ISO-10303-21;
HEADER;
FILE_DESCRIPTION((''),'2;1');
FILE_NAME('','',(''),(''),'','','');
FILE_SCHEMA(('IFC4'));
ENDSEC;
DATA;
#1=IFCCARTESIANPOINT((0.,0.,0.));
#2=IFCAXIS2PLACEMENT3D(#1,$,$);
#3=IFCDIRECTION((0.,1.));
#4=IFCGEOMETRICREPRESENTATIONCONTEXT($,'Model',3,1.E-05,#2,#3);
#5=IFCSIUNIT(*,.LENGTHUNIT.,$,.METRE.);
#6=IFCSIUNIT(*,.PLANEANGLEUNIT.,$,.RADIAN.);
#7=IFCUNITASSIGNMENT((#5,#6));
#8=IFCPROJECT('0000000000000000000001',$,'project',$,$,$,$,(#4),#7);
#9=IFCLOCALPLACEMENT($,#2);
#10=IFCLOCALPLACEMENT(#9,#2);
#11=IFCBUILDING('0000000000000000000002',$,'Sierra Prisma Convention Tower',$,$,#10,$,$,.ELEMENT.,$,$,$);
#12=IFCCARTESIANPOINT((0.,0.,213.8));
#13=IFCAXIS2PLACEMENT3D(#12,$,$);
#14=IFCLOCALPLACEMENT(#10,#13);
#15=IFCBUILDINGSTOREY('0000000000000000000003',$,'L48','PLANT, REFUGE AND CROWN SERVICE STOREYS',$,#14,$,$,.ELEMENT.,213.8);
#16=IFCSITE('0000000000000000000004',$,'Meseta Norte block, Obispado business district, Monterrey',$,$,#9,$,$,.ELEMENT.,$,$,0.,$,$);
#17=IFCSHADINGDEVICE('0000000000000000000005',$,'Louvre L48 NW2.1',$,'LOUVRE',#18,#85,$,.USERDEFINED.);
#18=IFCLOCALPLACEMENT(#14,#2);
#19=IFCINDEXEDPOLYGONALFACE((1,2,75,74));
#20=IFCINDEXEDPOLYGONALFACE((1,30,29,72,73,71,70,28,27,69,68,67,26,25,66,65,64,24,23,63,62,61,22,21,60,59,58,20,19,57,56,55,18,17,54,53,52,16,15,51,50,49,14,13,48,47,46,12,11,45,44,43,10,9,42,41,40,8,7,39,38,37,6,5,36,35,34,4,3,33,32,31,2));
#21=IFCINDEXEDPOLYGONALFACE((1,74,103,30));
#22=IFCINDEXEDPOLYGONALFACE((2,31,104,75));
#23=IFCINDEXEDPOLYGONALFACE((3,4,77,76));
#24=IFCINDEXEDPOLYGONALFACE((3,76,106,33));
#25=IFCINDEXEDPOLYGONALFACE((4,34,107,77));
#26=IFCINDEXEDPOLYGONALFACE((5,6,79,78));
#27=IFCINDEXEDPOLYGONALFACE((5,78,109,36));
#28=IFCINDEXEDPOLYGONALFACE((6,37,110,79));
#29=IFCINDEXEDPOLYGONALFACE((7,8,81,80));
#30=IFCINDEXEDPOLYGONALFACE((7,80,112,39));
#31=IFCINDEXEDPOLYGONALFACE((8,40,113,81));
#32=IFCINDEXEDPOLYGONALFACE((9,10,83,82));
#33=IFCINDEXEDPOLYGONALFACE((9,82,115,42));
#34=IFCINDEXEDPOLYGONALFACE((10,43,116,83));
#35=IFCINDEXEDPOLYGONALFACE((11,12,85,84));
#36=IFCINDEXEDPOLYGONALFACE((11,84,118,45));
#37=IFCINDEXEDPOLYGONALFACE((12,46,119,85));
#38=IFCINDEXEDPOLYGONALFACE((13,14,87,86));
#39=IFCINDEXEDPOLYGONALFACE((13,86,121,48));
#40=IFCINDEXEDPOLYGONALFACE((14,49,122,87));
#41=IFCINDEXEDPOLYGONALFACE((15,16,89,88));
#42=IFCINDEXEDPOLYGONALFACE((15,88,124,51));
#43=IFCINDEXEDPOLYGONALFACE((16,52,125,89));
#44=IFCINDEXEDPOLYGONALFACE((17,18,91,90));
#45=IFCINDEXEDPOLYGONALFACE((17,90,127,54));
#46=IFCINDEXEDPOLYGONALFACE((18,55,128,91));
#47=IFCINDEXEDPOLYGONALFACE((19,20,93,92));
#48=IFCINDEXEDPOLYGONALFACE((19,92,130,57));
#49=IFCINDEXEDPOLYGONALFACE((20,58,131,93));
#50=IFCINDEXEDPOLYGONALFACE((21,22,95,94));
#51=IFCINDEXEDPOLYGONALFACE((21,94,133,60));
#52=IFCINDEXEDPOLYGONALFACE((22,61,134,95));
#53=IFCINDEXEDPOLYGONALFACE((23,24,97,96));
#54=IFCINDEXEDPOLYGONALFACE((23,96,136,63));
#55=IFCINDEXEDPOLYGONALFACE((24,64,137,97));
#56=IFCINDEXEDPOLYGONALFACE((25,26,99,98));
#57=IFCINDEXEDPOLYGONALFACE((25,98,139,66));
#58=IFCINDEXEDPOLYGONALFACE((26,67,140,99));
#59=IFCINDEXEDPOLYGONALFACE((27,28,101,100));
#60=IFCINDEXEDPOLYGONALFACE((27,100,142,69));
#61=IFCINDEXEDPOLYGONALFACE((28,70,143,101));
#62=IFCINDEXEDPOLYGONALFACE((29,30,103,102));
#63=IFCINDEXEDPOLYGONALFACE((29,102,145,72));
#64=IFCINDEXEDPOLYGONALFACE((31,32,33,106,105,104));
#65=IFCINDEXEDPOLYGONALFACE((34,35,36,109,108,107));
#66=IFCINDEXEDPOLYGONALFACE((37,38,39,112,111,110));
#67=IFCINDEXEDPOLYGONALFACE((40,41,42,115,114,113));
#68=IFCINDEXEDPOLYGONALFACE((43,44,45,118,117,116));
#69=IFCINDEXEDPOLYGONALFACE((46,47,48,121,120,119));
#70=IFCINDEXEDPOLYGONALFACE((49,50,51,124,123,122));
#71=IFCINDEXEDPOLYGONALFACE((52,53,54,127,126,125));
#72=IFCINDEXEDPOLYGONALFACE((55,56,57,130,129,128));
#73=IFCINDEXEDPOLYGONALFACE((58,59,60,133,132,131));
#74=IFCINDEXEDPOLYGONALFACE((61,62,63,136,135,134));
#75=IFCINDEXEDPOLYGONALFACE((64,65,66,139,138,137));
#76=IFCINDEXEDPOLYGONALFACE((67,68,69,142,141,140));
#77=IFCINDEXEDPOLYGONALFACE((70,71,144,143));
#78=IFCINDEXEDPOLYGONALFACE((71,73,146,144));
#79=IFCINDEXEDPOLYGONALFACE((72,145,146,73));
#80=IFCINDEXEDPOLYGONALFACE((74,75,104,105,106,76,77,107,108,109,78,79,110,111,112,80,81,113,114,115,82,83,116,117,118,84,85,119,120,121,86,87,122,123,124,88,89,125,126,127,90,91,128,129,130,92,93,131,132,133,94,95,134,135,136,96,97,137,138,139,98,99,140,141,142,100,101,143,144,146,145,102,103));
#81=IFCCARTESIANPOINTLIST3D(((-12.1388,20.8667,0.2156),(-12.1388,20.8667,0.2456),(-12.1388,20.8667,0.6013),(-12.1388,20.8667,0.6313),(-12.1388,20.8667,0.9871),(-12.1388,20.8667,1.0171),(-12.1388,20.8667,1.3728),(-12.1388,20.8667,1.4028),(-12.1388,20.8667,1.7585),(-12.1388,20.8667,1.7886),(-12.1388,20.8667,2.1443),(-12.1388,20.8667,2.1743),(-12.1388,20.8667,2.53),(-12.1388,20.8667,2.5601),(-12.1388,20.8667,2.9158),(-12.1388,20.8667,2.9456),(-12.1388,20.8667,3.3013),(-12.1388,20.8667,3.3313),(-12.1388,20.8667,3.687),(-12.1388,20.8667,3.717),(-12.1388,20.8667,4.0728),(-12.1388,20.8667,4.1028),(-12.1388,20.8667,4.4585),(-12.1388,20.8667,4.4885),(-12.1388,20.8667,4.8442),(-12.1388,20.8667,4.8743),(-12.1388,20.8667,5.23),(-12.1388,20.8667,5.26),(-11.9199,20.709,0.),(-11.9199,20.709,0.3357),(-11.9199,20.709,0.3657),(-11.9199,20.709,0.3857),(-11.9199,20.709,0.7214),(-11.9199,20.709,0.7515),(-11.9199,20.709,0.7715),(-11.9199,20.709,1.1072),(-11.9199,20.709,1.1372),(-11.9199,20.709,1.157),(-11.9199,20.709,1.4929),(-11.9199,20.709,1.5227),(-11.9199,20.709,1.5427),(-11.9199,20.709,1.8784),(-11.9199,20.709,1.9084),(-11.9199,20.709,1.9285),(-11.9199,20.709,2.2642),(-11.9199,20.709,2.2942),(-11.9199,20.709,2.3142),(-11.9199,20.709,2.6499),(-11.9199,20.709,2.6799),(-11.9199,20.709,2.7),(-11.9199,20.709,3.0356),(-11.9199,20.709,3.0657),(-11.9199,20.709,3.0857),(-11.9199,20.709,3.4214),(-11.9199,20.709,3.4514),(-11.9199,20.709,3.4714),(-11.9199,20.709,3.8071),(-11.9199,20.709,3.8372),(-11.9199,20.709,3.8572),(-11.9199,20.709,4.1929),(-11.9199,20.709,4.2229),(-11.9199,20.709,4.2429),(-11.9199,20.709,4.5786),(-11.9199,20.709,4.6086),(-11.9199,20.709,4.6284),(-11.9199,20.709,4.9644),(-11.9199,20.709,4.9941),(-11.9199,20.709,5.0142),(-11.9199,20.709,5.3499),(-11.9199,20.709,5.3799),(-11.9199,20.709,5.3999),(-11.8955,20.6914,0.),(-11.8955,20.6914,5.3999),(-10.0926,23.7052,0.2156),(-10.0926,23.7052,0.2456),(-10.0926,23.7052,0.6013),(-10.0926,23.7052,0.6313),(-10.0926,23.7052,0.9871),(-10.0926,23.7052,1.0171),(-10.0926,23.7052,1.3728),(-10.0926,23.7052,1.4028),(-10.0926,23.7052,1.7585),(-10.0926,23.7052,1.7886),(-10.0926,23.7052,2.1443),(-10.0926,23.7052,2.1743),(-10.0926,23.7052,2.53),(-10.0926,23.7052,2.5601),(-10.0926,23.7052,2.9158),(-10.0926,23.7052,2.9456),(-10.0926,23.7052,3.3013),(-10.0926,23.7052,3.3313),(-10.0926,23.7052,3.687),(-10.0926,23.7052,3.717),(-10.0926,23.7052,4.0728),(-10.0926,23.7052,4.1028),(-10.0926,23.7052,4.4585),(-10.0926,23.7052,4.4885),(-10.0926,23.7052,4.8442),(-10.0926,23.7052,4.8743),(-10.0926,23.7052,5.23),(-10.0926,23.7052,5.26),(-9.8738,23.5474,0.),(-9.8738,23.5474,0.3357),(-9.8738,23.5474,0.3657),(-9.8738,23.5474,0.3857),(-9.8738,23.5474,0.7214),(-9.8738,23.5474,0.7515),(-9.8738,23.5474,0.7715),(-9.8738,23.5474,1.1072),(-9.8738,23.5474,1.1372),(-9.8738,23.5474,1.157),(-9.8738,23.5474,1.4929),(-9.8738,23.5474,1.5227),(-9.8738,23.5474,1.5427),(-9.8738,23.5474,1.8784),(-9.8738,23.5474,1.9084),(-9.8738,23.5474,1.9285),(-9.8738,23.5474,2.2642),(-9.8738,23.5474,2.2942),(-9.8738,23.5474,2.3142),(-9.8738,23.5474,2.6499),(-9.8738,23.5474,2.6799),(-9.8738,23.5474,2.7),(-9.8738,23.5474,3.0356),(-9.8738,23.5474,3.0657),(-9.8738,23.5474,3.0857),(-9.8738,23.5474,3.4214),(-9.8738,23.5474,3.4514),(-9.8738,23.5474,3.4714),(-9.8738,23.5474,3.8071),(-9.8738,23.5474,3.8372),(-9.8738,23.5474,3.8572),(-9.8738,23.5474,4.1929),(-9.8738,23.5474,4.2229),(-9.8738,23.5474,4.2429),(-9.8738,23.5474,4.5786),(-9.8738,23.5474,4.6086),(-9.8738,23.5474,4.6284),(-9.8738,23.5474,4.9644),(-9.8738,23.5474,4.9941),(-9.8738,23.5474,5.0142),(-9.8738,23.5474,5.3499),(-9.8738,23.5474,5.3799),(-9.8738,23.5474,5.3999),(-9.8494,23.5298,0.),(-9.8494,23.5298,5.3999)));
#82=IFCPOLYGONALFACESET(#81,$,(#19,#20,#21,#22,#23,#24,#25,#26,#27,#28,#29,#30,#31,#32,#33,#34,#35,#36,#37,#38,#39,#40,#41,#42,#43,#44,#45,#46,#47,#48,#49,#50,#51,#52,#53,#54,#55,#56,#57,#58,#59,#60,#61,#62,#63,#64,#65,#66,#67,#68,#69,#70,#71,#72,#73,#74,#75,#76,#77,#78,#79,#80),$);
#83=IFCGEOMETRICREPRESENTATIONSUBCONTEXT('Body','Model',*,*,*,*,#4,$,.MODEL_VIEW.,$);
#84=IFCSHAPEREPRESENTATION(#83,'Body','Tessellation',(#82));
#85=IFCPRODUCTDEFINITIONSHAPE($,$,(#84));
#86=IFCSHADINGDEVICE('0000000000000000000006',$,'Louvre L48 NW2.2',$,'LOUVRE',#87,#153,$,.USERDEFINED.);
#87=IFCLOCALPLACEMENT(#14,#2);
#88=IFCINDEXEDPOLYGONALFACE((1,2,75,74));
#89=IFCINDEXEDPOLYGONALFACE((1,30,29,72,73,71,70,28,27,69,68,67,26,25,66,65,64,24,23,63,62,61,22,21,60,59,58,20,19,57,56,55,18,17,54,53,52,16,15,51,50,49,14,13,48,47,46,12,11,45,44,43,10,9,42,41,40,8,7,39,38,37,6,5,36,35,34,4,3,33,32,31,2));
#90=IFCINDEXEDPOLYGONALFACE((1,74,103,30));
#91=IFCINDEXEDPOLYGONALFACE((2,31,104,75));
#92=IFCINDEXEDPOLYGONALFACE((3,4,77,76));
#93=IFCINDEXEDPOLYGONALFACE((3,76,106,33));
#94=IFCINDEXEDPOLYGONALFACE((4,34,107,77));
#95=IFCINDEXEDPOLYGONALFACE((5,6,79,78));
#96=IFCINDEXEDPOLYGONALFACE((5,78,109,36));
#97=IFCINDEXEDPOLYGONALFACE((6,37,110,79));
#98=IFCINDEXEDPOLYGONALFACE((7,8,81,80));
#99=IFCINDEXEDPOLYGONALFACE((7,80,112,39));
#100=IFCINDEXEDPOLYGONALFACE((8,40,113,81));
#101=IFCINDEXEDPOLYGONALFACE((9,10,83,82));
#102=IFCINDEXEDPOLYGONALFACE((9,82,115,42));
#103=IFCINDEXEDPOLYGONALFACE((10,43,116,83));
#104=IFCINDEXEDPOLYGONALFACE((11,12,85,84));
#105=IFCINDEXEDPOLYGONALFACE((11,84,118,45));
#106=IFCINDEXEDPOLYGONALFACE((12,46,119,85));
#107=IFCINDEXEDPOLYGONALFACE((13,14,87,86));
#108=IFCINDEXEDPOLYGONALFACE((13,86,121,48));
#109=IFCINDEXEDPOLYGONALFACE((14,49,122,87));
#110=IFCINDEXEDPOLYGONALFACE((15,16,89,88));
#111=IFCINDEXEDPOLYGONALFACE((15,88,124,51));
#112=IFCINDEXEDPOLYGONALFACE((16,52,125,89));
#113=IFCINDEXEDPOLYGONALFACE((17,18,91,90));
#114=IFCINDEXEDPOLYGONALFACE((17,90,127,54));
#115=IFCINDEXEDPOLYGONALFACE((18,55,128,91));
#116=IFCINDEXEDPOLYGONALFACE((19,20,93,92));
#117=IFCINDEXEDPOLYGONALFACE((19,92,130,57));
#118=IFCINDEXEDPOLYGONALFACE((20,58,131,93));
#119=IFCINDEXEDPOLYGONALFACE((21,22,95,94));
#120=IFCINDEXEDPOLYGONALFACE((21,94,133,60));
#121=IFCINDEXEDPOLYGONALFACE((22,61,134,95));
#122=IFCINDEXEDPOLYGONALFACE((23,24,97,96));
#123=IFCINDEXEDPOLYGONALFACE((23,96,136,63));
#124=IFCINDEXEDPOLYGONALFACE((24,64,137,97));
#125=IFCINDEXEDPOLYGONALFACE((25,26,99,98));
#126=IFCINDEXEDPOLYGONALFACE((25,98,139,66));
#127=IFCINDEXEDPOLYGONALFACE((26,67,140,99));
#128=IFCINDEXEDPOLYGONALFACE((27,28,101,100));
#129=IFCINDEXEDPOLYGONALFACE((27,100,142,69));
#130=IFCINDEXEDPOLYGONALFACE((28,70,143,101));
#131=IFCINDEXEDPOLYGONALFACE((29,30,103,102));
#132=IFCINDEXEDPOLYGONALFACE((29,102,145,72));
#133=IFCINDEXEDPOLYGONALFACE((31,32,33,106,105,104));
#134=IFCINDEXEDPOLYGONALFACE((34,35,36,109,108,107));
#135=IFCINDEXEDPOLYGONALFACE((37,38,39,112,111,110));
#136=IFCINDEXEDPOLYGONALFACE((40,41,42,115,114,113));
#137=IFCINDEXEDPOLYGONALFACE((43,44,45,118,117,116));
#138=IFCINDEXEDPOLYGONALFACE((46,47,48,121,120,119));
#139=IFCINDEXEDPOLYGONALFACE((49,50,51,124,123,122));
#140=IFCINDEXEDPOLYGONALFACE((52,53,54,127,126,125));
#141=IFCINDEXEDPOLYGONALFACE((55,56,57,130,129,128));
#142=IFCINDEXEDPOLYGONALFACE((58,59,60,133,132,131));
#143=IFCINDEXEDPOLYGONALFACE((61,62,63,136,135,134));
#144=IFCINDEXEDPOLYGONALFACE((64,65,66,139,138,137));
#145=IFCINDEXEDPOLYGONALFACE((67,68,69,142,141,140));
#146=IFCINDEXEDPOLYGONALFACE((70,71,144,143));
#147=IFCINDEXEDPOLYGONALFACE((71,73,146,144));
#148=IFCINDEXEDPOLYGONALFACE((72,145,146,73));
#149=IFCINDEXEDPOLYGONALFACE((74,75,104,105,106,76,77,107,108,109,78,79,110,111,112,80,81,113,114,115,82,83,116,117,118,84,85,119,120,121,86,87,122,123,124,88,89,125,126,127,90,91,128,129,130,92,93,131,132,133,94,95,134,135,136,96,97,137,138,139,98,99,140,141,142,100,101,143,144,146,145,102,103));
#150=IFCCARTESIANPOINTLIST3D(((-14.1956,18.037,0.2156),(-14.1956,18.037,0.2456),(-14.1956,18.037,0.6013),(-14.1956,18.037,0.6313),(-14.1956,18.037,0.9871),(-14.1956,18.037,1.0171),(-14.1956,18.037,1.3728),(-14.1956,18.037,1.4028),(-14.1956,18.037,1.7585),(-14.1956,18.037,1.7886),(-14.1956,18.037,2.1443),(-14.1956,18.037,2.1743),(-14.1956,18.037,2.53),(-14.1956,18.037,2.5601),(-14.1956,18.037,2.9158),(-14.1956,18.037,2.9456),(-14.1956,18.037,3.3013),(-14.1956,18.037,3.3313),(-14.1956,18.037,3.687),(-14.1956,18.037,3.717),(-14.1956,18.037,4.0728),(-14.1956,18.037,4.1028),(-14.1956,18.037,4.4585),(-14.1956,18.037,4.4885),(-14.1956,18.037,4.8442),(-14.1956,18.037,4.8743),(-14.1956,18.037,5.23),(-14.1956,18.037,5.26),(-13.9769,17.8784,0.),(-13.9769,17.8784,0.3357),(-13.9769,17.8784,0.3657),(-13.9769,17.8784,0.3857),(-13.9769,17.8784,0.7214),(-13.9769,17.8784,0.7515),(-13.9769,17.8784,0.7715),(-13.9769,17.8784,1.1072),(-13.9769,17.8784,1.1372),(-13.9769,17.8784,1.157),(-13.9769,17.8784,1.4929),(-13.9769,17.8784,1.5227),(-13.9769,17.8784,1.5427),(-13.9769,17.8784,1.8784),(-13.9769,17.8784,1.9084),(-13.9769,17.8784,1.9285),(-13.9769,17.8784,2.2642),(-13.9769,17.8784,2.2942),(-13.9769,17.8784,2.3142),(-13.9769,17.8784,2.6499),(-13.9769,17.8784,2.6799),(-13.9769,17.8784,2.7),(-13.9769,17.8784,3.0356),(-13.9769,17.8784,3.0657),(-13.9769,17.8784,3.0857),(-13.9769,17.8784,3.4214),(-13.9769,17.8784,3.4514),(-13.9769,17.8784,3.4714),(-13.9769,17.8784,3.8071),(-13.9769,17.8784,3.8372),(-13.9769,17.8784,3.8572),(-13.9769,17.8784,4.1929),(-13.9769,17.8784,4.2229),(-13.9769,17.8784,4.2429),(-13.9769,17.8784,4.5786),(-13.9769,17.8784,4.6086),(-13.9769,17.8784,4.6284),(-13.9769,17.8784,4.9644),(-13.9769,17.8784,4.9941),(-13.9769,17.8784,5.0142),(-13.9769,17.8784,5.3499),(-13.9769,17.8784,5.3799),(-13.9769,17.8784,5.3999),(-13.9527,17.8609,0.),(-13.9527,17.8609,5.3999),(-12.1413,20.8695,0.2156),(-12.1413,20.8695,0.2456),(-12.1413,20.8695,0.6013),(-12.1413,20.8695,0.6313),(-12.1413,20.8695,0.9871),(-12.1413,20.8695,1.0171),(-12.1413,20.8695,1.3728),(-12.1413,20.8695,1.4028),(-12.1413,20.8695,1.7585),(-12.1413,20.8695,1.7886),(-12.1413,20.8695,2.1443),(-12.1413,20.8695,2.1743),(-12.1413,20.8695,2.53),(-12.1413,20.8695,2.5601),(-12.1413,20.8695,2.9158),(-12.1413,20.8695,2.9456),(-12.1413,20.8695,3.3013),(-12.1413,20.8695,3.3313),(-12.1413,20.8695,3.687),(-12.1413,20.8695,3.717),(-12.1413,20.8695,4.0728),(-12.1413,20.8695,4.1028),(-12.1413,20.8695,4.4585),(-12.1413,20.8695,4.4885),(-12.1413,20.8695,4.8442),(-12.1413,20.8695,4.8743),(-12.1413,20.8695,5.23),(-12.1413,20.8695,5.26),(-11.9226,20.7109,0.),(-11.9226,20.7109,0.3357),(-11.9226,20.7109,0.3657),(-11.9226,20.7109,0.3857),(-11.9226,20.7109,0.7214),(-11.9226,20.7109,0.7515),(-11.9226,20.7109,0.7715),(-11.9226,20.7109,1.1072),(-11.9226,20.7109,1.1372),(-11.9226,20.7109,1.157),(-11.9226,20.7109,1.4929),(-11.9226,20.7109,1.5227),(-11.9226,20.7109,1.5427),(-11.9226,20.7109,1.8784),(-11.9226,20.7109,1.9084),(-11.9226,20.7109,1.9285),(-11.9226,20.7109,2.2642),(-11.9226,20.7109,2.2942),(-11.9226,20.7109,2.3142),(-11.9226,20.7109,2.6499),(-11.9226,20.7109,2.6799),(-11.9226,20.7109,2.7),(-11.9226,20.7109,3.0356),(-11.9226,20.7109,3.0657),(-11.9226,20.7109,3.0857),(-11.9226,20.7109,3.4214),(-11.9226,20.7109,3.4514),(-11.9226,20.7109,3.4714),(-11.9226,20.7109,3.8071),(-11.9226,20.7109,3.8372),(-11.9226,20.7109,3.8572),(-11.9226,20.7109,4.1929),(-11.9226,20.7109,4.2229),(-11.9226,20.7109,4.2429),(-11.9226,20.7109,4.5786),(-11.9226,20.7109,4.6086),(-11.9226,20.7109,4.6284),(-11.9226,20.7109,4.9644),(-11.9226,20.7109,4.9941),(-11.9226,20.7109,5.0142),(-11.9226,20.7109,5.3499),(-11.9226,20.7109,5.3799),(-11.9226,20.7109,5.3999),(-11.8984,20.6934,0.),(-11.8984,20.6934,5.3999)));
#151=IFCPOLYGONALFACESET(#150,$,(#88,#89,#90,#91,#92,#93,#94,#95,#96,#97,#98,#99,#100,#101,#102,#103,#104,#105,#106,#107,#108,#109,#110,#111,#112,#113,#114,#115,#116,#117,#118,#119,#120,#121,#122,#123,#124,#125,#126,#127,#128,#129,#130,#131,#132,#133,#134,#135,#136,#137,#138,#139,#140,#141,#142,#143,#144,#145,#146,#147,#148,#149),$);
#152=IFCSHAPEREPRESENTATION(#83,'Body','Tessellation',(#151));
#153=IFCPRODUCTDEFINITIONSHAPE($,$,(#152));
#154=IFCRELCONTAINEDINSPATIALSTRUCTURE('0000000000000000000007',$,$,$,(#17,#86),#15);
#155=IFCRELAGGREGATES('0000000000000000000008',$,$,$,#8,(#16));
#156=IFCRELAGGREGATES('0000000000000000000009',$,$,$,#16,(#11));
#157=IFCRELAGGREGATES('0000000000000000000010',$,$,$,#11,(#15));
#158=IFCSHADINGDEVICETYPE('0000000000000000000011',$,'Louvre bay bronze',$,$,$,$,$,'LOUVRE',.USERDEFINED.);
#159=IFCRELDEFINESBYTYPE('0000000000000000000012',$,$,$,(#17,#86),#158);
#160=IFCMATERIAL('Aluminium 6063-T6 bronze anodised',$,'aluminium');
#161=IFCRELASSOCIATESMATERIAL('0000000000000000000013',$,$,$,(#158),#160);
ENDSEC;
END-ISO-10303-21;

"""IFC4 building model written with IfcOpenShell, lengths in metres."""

from ifc_helpers import new_model, si_unit, direction, frame, origin, place, context, subcontext, project, spatial, polyline, outline, extrude, material, type_object, element, save


model = new_model("IFC4")

# Units and contexts
model_context = context("Model", 3, precision=1e-05, world=origin(), true_north=direction((0.0, 1.0)))
body_context = subcontext(model_context, "Body", "Model", "MODEL_VIEW")
ifc_project = project(units=[si_unit("LENGTHUNIT", "METRE"), si_unit("PLANEANGLEUNIT", "RADIAN")], contexts=[model_context])

# Site, building, storey
site_placement = place(None, origin())
site = spatial("IfcSite", under=ifc_project, at=site_placement, Name="Meseta Norte block, Obispado business district, Monterrey", CompositionType="ELEMENT", RefElevation=0.0)
building_placement = place(site_placement, origin())
building = spatial("IfcBuilding", under=site, at=building_placement, Name="Sierra Prisma Convention Tower", CompositionType="ELEMENT")
storey_placement = place(building_placement, frame((0.0, 0.0, 213.8)))
storey = spatial("IfcBuildingStorey", under=building, at=storey_placement, Name="L48", Description="PLANT, REFUGE AND CROWN SERVICE STOREYS", CompositionType="ELEMENT", Elevation=213.8)

# Shading devices
ifc_material_1 = material(Name="Aluminium 6063-T6 bronze anodised", Category="aluminium")
shading_device_type = type_object("IfcShadingDeviceType", Name="Louvre bay bronze", ElementType="LOUVRE", PredefinedType="USERDEFINED", material=ifc_material_1)
shading_device_1_placement = place(storey_placement, frame((-9.8494, 23.5298, 0.0), z_axis=(0.584765, 0.811203, 0.0), x_axis=(0.0, 0.0, 1.0)))
element("IfcShadingDevice", 1, at=shading_device_1_placement, inside=storey, type_object=shading_device_type, Name="Louvre L48 NW2.1", ObjectType="LOUVRE", PredefinedType="USERDEFINED", context=body_context, shape_type="SweptSolid", body=[
    extrude(outline(polyline([(0.0, 0.0), (5.3999, 0.0), (5.3999, -0.0301), (5.3799, -0.0301), (5.26, -0.2999), (5.23, -0.2999), (5.3499, -0.0301), (5.0142, -0.0301), (4.9941, -0.0301), (4.8743, -0.2999), (4.8442, -0.2999), (4.9644, -0.0301), (4.6284, -0.0301), (4.6086, -0.0301), (4.4885, -0.2999), (4.4585, -0.2999), (4.5786, -0.0301), (4.2429, -0.0301), (4.2229, -0.0301), (4.1028, -0.2999), (4.0728, -0.2999), (4.1929, -0.0301), (3.8572, -0.0301), (3.8372, -0.0301), (3.717, -0.2999), (3.687, -0.2999), (3.8071, -0.0301), (3.4714, -0.0301), (3.4514, -0.0301), (3.3313, -0.2999), (3.3013, -0.2999), (3.4214, -0.0301), (3.0857, -0.0301), (3.0657, -0.0301), (2.9456, -0.2999), (2.9158, -0.2999), (3.0356, -0.0301), (2.7, -0.0301), (2.6799, -0.0301), (2.5601, -0.2999), (2.53, -0.2999), (2.6499, -0.0301), (2.3142, -0.0301), (2.2942, -0.0301), (2.1743, -0.2999), (2.1443, -0.2999), (2.2642, -0.0301), (1.9285, -0.0301), (1.9084, -0.0301), (1.7886, -0.2999), (1.7585, -0.2999), (1.8784, -0.0301), (1.5427, -0.0301), (1.5227, -0.0301), (1.4028, -0.2999), (1.3728, -0.2999), (1.4929, -0.0301), (1.157, -0.0301), (1.1372, -0.0301), (1.0171, -0.2999), (0.9871, -0.2999), (1.1072, -0.0301), (0.7715, -0.0301), (0.7515, -0.0301), (0.6313, -0.2999), (0.6013, -0.2999), (0.7214, -0.0301), (0.3857, -0.0301), (0.3657, -0.0301), (0.2456, -0.2999), (0.2156, -0.2999), (0.3357, -0.0301), (0.0, -0.0301), (0.0, 0.0)])), origin(), (0.0, 0.0, -1.0), 3.499),
])
shading_device_2_placement = place(storey_placement, frame((-11.8984, 20.6934, 0.0), z_axis=(0.587106, 0.80951, 0.0), x_axis=(0.0, 0.0, 1.0)))
element("IfcShadingDevice", 2, at=shading_device_2_placement, inside=storey, type_object=shading_device_type, Name="Louvre L48 NW2.2", ObjectType="LOUVRE", PredefinedType="USERDEFINED", context=body_context, shape_type="SweptSolid", body=[
    extrude(outline(polyline([(0.0, 0.0), (5.3999, 0.0), (5.3999, -0.0299), (5.3799, -0.0299), (5.26, -0.3), (5.23, -0.3), (5.3499, -0.0299), (5.0142, -0.0299), (4.9941, -0.0299), (4.8743, -0.3), (4.8442, -0.3), (4.9644, -0.0299), (4.6284, -0.0299), (4.6086, -0.0299), (4.4885, -0.3), (4.4585, -0.3), (4.5786, -0.0299), (4.2429, -0.0299), (4.2229, -0.0299), (4.1028, -0.3), (4.0728, -0.3), (4.1929, -0.0299), (3.8572, -0.0299), (3.8372, -0.0299), (3.717, -0.3), (3.687, -0.3), (3.8071, -0.0299), (3.4714, -0.0299), (3.4514, -0.0299), (3.3313, -0.3), (3.3013, -0.3), (3.4214, -0.0299), (3.0857, -0.0299), (3.0657, -0.0299), (2.9456, -0.3), (2.9158, -0.3), (3.0356, -0.0299), (2.7, -0.0299), (2.6799, -0.0299), (2.5601, -0.3), (2.53, -0.3), (2.6499, -0.0299), (2.3142, -0.0299), (2.2942, -0.0299), (2.1743, -0.3), (2.1443, -0.3), (2.2642, -0.0299), (1.9285, -0.0299), (1.9084, -0.0299), (1.7886, -0.3), (1.7585, -0.3), (1.8784, -0.0299), (1.5427, -0.0299), (1.5227, -0.0299), (1.4028, -0.3), (1.3728, -0.3), (1.4929, -0.0299), (1.157, -0.0299), (1.1372, -0.0299), (1.0171, -0.3), (0.9871, -0.3), (1.1072, -0.0299), (0.7715, -0.0299), (0.7515, -0.0299), (0.6313, -0.3), (0.6013, -0.3), (0.7214, -0.0299), (0.3857, -0.0299), (0.3657, -0.0299), (0.2456, -0.3), (0.2156, -0.3), (0.3357, -0.0299), (0.0, -0.0299), (0.0, 0.0)])), origin(), (0.0, 0.0, -1.0), 3.499),
])

save(model, "model.ifc")
